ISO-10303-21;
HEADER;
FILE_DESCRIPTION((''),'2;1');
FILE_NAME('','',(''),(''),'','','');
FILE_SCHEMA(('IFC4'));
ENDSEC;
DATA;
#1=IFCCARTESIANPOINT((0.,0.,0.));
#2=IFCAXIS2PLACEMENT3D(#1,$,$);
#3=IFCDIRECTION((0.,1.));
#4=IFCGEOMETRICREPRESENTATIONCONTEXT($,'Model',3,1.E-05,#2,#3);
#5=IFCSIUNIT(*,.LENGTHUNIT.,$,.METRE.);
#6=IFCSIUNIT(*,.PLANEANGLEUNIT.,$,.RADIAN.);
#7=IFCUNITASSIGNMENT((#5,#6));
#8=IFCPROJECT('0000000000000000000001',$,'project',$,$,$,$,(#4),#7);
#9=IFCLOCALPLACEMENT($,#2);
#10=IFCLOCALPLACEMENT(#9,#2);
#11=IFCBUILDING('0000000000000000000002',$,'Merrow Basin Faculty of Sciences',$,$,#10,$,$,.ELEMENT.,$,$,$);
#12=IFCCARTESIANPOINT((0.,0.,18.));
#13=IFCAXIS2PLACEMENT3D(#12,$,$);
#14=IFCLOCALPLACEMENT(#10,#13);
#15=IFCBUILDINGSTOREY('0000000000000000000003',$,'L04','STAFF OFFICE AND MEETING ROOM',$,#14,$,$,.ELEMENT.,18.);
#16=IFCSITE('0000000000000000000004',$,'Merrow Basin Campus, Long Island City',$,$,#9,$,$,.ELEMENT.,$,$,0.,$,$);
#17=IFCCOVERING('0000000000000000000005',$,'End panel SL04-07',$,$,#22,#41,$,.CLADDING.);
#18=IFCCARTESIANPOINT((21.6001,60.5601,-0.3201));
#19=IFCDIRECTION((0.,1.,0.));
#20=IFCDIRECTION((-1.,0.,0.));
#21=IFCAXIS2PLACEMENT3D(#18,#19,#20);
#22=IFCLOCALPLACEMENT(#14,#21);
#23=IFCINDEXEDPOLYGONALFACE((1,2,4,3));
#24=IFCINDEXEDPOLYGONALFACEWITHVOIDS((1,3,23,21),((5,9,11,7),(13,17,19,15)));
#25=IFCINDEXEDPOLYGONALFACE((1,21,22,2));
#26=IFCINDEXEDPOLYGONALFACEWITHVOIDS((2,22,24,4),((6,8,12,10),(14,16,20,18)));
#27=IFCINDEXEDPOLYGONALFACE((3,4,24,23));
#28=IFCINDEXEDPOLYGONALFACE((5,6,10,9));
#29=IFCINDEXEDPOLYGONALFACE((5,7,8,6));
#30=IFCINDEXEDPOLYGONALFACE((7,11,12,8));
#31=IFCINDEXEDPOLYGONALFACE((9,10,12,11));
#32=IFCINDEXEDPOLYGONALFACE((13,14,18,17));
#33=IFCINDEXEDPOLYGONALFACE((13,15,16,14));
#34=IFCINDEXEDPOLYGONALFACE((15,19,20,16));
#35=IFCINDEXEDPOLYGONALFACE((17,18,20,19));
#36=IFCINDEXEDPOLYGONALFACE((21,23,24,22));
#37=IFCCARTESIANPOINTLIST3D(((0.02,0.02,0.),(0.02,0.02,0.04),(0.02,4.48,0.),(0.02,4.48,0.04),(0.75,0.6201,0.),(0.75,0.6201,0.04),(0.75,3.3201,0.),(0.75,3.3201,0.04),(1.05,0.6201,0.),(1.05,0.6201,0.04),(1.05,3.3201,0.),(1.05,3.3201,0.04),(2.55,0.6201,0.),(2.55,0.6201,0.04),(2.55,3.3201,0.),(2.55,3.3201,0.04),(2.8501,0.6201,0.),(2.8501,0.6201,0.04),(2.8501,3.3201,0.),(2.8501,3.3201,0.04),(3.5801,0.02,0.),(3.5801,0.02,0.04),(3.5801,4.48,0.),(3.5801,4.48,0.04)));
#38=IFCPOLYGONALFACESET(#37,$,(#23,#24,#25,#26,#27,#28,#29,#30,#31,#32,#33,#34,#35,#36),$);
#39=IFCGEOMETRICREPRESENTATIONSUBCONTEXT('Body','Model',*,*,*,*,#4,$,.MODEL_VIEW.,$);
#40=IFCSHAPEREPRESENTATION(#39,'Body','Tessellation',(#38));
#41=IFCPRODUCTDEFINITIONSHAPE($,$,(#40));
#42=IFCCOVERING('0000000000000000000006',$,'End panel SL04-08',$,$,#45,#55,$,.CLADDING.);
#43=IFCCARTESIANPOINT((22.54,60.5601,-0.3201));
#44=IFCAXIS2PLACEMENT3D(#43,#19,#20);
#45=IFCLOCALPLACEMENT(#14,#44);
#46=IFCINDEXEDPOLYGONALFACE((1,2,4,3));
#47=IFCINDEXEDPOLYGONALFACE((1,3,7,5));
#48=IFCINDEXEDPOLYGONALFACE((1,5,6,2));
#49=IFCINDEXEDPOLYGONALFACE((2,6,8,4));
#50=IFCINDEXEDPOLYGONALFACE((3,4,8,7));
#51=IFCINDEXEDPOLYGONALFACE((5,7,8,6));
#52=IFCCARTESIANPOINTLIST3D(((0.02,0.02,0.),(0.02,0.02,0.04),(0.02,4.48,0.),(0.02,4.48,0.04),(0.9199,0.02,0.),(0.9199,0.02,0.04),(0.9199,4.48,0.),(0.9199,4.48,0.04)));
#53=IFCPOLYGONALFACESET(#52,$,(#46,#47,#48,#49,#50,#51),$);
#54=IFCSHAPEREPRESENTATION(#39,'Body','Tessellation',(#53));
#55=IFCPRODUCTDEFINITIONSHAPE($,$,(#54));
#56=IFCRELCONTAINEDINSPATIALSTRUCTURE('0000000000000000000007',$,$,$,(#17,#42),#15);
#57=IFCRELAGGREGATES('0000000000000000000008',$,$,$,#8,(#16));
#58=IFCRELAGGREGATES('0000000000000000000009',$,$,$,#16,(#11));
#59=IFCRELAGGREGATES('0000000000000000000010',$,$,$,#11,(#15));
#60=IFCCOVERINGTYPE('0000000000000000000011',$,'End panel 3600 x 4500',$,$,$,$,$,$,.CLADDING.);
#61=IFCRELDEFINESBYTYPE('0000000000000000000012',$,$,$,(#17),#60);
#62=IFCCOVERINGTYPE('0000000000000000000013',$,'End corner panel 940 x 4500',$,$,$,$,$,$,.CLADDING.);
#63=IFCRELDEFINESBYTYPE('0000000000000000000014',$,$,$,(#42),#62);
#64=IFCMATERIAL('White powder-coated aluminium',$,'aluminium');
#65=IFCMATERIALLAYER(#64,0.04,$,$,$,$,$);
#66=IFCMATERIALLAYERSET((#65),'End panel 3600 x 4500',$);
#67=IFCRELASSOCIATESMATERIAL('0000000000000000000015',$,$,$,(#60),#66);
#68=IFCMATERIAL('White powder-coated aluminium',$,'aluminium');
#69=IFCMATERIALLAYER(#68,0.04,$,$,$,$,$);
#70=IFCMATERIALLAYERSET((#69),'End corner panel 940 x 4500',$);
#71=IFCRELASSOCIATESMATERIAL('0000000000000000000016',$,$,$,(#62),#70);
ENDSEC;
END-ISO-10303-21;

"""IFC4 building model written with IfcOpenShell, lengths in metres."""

from ifc_helpers import new_model, si_unit, direction, frame, origin, place, context, subcontext, project, spatial, polyline, outline, extrude, source, transform, mapped, material, layer, layer_set, type_object, element, save


model = new_model("IFC4")

# Units and contexts
model_context = context("Model", 3, precision=1e-05, world=origin(), true_north=direction((0.0, 1.0)))
body_context = subcontext(model_context, "Body", "Model", "MODEL_VIEW")
ifc_project = project(units=[si_unit("LENGTHUNIT", "METRE"), si_unit("PLANEANGLEUNIT", "RADIAN")], contexts=[model_context])

# Site, building, storey
site_placement = place(None, origin())
site = spatial("IfcSite", under=ifc_project, at=site_placement, Name="Merrow Basin Campus, Long Island City", CompositionType="ELEMENT", RefElevation=0.0)
building_placement = place(site_placement, origin())
building = spatial("IfcBuilding", under=site, at=building_placement, Name="Merrow Basin Faculty of Sciences", CompositionType="ELEMENT")
storey_placement = place(building_placement, frame((0.0, 0.0, 18.0)))
storey = spatial("IfcBuildingStorey", under=building, at=storey_placement, Name="L04", Description="STAFF OFFICE AND MEETING ROOM", CompositionType="ELEMENT", Elevation=18.0)

# Coverings
ifc_material_1 = material(Name="White powder-coated aluminium", Category="aluminium")
ifc_layer_1 = layer(ifc_material_1, 0.04)
ifc_layer_set_1 = layer_set([ifc_layer_1], Name="End panel 3600 x 4500")
covering_type_1 = type_object("IfcCoveringType", Name="End panel 3600 x 4500", PredefinedType="CLADDING", material=ifc_layer_set_1)
shared_shape_1 = source(origin(), body_context, "Body", "SweptSolid", [
    extrude(outline(polyline([(0.02, 0.02), (3.5801, 0.02), (3.5801, 4.48), (0.02, 4.48), (0.02, 0.02)]), holes=[polyline([(2.55, 0.6201), (2.8501, 0.6201), (2.8501, 3.3201), (2.55, 3.3201), (2.55, 0.6201)]), polyline([(0.75, 0.6201), (1.05, 0.6201), (1.05, 3.3201), (0.75, 3.3201), (0.75, 0.6201)])]), origin(), (0.0, 0.0, 1.0), 0.04),
])
covering_1_placement = place(storey_placement, frame((21.6001, 60.5601, -0.3201), z_axis=(0.0, 1.0, 0.0), x_axis=(-1.0, 0.0, 0.0)))
element("IfcCovering", 1, at=covering_1_placement, inside=storey, type_object=covering_type_1, Name="End panel SL04-07", PredefinedType="CLADDING", context=body_context, shape_type="MappedRepresentation", body=[
    mapped(shared_shape_1, transform((0.0, 0.0, 0.0), scale=1.0)),
])
ifc_material_2 = material(Name="White powder-coated aluminium", Category="aluminium")
ifc_layer_2 = layer(ifc_material_2, 0.04)
ifc_layer_set_2 = layer_set([ifc_layer_2], Name="End corner panel 940 x 4500")
covering_type_2 = type_object("IfcCoveringType", Name="End corner panel 940 x 4500", PredefinedType="CLADDING", material=ifc_layer_set_2)
shared_shape_2 = source(origin(), body_context, "Body", "SweptSolid", [
    extrude(outline(polyline([(0.02, 0.02), (0.9199, 0.02), (0.9199, 4.48), (0.02, 4.48), (0.02, 0.02)])), origin(), (0.0, 0.0, 1.0), 0.04),
])
covering_2_placement = place(storey_placement, frame((22.54, 60.5601, -0.3201), z_axis=(0.0, 1.0, 0.0), x_axis=(-1.0, 0.0, 0.0)))
element("IfcCovering", 2, at=covering_2_placement, inside=storey, type_object=covering_type_2, Name="End panel SL04-08", PredefinedType="CLADDING", context=body_context, shape_type="MappedRepresentation", body=[
    mapped(shared_shape_2, transform((0.0, 0.0, 0.0), scale=1.0)),
])

save(model, "model.ifc")
